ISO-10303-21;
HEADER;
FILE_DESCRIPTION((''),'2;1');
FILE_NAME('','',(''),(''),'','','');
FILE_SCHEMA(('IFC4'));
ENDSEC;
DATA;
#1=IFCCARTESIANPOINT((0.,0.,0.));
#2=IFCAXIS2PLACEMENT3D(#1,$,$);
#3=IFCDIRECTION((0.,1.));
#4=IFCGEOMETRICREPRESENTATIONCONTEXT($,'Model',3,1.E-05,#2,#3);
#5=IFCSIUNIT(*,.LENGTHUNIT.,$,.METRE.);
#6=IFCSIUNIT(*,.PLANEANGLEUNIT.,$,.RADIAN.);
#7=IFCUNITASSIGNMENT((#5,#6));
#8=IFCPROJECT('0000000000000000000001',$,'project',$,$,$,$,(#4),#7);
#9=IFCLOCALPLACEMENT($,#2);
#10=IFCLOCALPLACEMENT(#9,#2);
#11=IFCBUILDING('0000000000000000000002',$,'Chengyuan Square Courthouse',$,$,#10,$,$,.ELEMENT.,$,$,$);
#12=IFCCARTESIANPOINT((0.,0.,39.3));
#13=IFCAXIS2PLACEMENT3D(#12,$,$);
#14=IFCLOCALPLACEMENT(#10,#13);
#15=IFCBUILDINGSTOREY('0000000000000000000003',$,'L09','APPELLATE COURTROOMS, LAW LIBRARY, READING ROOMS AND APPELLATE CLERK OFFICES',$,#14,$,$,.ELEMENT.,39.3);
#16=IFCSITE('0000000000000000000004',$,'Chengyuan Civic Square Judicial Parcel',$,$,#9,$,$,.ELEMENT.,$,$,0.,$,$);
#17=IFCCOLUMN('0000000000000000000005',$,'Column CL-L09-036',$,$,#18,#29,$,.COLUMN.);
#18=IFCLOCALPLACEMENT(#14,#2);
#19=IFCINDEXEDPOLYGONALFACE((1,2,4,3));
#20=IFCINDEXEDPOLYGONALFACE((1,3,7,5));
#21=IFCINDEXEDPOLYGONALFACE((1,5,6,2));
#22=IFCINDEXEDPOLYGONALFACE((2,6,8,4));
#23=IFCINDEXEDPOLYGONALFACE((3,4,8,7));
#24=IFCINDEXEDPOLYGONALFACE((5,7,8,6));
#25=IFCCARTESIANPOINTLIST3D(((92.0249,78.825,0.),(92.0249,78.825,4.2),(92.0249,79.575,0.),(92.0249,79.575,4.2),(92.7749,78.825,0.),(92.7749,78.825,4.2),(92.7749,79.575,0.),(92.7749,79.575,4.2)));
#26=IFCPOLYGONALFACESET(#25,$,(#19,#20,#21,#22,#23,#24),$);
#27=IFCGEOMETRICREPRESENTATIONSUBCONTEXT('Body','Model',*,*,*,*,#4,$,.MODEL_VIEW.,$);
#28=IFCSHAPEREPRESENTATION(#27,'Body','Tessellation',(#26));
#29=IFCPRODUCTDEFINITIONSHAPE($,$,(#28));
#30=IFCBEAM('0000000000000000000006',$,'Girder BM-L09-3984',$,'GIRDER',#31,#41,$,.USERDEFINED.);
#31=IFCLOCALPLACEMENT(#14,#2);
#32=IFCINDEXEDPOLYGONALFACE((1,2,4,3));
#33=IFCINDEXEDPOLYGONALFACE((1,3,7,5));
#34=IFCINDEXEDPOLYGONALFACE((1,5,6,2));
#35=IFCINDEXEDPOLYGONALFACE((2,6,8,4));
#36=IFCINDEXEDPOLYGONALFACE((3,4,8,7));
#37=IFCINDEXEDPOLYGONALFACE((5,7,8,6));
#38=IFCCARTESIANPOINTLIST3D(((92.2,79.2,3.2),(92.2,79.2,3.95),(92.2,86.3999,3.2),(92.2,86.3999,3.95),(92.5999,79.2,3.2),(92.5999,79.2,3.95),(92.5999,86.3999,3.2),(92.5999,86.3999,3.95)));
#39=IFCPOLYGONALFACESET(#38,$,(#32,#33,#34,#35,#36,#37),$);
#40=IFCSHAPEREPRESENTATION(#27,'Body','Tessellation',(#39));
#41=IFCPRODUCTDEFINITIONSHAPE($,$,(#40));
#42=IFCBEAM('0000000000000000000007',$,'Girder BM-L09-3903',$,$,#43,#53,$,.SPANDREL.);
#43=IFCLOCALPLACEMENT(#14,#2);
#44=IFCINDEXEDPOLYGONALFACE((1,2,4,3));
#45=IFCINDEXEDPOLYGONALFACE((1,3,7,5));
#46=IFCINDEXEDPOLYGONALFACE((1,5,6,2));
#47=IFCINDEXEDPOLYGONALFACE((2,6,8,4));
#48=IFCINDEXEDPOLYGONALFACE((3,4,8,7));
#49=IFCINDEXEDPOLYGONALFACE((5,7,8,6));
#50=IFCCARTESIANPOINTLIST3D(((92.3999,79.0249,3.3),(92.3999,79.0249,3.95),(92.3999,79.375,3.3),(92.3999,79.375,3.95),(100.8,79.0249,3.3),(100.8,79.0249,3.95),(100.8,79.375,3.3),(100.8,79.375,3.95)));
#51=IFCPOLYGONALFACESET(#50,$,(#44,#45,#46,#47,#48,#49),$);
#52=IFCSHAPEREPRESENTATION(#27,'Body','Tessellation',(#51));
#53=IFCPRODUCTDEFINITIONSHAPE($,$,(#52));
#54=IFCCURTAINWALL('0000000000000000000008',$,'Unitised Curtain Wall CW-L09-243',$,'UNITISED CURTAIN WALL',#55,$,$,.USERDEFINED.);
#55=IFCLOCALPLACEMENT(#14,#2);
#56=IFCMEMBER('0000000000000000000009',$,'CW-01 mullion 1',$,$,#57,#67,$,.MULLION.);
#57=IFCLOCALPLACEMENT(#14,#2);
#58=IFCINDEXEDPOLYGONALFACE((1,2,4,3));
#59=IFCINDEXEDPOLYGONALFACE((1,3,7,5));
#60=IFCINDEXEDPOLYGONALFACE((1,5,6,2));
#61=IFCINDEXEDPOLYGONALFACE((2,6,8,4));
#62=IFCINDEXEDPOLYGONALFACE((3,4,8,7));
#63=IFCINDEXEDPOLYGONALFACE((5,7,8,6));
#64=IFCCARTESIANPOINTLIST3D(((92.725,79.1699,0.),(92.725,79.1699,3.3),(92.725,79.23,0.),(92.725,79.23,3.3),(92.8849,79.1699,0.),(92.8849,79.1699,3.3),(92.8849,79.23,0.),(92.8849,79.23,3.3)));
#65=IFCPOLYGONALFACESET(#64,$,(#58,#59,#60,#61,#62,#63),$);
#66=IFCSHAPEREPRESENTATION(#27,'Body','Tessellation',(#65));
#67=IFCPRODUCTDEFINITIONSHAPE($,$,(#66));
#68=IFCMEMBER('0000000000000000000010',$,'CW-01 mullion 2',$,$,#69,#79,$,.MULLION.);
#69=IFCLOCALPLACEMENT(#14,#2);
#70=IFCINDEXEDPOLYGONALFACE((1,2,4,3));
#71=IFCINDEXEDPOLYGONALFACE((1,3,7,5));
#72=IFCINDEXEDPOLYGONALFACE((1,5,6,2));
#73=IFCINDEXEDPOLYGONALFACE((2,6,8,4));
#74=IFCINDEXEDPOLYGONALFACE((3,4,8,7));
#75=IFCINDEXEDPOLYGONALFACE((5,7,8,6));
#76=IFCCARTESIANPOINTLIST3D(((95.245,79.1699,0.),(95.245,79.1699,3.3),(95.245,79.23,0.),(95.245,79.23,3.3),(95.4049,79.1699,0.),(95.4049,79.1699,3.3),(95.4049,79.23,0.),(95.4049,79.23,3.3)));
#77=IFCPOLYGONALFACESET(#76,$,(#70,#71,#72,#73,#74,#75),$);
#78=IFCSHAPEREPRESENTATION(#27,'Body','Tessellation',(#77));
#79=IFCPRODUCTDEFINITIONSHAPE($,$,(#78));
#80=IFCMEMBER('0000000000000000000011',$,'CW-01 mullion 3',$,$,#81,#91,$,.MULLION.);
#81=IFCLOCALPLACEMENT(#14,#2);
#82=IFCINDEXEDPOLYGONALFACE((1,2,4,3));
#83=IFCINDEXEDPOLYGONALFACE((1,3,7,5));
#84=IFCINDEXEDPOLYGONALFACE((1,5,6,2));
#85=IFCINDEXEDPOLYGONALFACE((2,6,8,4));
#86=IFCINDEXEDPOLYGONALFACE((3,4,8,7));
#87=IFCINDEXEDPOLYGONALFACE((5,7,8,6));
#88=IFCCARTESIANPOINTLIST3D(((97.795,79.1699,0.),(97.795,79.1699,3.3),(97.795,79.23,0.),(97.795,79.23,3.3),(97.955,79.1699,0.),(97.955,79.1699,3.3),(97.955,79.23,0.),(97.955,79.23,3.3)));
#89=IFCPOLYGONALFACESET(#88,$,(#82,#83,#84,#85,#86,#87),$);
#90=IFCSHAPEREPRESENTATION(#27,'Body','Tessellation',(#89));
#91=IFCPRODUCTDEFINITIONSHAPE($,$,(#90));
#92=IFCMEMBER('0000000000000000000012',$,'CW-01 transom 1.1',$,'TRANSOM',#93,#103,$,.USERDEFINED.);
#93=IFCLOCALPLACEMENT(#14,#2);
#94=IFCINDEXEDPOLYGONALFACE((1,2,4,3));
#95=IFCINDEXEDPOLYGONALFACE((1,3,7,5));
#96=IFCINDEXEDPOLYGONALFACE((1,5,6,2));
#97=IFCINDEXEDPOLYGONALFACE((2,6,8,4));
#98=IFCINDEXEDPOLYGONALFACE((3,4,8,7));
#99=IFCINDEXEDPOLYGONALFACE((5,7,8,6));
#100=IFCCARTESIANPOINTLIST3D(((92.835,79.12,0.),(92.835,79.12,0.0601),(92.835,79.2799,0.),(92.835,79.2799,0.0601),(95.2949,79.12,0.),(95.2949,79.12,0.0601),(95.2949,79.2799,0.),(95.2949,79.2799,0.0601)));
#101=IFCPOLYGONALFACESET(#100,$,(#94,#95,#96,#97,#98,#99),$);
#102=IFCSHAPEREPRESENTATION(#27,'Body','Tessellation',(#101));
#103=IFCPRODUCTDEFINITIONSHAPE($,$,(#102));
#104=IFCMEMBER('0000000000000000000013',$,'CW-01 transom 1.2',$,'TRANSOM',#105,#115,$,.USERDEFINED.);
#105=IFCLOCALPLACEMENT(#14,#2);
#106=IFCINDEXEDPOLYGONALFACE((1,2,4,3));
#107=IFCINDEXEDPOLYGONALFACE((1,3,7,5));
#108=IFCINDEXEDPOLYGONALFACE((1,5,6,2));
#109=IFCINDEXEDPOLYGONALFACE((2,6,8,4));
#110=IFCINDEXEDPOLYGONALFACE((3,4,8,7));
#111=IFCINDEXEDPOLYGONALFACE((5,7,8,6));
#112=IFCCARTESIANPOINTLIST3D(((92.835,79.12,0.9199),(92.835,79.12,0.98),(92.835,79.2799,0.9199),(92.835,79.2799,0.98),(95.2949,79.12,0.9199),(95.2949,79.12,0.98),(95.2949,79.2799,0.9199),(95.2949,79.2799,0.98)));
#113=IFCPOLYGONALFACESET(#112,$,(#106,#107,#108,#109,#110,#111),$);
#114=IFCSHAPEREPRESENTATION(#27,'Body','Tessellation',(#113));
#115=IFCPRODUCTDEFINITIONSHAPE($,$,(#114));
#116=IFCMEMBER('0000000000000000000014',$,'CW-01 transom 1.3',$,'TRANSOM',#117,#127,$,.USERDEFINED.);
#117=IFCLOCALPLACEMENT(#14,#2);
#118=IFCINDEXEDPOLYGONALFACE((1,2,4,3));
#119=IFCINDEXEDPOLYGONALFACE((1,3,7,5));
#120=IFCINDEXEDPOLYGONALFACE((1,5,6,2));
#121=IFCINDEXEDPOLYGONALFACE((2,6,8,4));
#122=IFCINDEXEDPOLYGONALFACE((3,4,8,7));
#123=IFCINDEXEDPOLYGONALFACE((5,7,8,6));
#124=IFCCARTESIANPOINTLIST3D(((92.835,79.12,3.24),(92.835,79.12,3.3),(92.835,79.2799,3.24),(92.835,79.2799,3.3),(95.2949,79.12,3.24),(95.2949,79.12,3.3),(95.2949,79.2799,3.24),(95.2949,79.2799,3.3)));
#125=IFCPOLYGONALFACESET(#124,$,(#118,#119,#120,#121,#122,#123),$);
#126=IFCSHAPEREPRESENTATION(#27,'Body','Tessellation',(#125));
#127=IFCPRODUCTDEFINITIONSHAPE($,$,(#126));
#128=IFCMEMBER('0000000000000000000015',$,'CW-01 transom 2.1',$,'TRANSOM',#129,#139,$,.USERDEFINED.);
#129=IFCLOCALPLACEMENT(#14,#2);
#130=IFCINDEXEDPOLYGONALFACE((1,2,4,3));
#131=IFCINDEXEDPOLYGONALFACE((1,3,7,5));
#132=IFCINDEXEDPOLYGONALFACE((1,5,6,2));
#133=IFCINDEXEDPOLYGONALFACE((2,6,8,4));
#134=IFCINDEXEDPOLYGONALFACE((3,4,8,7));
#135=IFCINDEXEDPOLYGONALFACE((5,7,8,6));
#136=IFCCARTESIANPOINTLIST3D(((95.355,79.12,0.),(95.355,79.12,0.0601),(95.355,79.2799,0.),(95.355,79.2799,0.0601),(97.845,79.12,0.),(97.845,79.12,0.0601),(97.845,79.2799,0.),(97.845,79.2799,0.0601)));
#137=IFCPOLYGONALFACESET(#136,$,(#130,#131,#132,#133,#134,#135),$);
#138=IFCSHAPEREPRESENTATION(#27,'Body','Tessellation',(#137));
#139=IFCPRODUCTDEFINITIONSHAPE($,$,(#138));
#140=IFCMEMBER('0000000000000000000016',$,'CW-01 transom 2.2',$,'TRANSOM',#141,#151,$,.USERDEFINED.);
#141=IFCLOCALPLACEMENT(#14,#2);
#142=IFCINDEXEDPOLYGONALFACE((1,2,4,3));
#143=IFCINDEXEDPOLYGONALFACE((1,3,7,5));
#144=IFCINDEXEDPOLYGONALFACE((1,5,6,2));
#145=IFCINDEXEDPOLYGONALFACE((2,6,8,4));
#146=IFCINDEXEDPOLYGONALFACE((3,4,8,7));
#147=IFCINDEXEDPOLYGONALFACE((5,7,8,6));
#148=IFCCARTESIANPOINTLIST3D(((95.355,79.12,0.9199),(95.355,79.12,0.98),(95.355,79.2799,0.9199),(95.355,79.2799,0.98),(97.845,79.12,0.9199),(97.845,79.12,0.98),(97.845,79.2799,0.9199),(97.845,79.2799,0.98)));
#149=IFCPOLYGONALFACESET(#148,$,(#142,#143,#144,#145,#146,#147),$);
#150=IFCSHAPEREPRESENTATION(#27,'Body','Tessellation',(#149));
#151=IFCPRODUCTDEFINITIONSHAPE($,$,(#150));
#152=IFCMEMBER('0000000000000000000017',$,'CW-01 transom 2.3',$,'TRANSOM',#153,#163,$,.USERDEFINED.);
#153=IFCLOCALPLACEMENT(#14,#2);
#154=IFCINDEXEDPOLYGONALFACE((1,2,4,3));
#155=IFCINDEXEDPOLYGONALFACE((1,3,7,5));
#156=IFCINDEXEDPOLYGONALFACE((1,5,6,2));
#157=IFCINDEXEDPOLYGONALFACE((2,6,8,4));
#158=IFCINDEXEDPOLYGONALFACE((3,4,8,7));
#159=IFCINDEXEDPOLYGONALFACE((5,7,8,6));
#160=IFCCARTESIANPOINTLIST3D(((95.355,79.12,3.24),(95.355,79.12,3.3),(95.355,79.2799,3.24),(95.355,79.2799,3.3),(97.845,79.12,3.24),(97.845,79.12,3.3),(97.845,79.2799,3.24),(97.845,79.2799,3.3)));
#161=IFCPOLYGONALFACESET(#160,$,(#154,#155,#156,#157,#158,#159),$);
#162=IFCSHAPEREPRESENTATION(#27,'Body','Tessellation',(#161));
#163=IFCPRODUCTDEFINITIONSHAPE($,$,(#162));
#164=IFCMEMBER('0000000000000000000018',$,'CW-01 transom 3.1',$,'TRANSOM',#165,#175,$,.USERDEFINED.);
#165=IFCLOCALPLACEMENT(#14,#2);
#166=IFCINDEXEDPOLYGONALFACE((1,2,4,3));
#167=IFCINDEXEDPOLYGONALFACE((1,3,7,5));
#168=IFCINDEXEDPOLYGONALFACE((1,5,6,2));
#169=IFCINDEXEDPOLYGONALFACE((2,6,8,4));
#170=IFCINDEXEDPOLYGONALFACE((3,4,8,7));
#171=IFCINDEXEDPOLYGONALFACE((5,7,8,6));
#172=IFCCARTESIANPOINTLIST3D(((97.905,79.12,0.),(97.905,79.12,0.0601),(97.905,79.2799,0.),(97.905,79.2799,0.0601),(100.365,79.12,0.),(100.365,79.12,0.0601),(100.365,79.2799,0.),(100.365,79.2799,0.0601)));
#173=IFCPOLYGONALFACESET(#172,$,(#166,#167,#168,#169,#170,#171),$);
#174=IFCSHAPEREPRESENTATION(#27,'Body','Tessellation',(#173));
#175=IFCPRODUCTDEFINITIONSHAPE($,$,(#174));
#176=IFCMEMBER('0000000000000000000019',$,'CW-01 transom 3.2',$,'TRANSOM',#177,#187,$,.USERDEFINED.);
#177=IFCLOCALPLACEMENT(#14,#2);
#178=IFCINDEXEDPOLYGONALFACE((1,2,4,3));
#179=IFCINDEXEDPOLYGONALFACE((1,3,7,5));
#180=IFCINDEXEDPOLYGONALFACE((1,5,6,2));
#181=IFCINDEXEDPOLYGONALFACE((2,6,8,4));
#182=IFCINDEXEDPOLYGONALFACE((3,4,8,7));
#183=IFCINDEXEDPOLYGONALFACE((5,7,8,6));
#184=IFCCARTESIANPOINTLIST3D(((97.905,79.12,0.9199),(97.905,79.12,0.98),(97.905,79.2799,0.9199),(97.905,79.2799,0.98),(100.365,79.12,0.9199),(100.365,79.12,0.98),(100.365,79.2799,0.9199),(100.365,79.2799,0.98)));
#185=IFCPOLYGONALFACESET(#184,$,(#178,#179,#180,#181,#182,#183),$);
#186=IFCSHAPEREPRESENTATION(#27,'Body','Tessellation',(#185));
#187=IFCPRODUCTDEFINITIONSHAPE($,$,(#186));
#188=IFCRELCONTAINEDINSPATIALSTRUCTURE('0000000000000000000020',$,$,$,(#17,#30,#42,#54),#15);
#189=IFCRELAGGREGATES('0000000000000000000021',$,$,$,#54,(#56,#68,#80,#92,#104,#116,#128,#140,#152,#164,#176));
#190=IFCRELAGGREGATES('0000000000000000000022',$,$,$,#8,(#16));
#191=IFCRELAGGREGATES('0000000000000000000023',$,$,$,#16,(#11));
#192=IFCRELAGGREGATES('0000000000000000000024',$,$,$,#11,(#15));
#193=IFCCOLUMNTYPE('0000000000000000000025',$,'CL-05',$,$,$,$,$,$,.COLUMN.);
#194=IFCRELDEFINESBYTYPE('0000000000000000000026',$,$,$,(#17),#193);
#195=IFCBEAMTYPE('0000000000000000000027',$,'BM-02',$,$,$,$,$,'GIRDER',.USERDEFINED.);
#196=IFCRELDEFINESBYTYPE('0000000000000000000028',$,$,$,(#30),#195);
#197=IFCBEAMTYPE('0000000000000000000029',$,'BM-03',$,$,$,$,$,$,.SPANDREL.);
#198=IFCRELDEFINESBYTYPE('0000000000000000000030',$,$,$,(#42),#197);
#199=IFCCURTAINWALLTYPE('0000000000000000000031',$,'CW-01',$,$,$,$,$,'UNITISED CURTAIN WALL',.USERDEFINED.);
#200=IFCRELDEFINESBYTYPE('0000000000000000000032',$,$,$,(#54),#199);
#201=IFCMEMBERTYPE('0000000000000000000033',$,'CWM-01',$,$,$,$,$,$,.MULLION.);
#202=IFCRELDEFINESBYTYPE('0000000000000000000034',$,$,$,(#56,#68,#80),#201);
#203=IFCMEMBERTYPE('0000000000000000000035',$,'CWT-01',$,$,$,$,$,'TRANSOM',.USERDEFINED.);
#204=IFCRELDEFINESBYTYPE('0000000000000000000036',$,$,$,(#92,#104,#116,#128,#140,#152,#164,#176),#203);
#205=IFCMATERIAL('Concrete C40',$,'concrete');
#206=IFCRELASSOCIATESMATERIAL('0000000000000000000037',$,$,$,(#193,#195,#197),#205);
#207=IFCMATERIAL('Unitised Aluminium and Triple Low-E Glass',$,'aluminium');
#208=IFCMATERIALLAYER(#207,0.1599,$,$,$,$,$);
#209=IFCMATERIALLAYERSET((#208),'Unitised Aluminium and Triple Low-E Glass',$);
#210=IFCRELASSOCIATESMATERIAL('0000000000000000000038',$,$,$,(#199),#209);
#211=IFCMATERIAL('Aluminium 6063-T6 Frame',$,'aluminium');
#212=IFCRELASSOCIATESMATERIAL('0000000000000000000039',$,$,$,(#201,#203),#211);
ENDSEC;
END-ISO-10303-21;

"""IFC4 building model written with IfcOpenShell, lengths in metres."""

from ifc_helpers import new_model, si_unit, direction, frame, origin, origin_2d, place, context, subcontext, project, spatial, rectangle, extrude, material, layer, layer_set, material_profile, profile_set, type_object, element, aggregate, save


model = new_model("IFC4")

# Units and contexts
model_context = context("Model", 3, precision=1e-05, world=origin(), true_north=direction((0.0, 1.0)))
body_context = subcontext(model_context, "Body", "Model", "MODEL_VIEW")
ifc_project = project(units=[si_unit("LENGTHUNIT", "METRE"), si_unit("PLANEANGLEUNIT", "RADIAN")], contexts=[model_context])

# Site, building, storey
site_placement = place(None, origin())
site = spatial("IfcSite", under=ifc_project, at=site_placement, Name="Chengyuan Civic Square Judicial Parcel", CompositionType="ELEMENT", RefElevation=0.0)
building_placement = place(site_placement, origin())
building = spatial("IfcBuilding", under=site, at=building_placement, Name="Chengyuan Square Courthouse", CompositionType="ELEMENT")
storey_placement = place(building_placement, frame((0.0, 0.0, 39.3)))
storey = spatial("IfcBuildingStorey", under=building, at=storey_placement, Name="L09", Description="APPELLATE COURTROOMS, LAW LIBRARY, READING ROOMS AND APPELLATE CLERK OFFICES", CompositionType="ELEMENT", Elevation=39.3)

# Column
ifc_material_1 = material(Name="Concrete C40", Category="concrete")
ifc_material_profile_1 = material_profile(ifc_material_1, rectangle(XDim=0.75, YDim=0.75, at=origin_2d()), Name="RC-COL-750x750")
ifc_profile_set_1 = profile_set([ifc_material_profile_1], Name="Concrete C40")
column_type = type_object("IfcColumnType", Name="CL-05", PredefinedType="COLUMN", material=ifc_profile_set_1)
column_placement = place(storey_placement, frame((92.3999, 79.2, 0.0), z_axis=(0.0, 0.0, 1.0), x_axis=(1.0, 0.0, 0.0)))
element("IfcColumn", 1, at=column_placement, inside=storey, type_object=column_type, Name="Column CL-L09-036", PredefinedType="COLUMN", context=body_context, shape_type="SweptSolid", body=[
    extrude(rectangle(XDim=0.75, YDim=0.75, at=origin_2d()), origin(), (0.0, 0.0, 1.0), 4.2),
])

# Beams
ifc_material_profile_2 = material_profile(ifc_material_1, rectangle(XDim=0.3999, YDim=0.75, at=origin_2d()), Name="RC-BM-400x750")
ifc_profile_set_2 = profile_set([ifc_material_profile_2], Name="Concrete C40")
beam_type_1 = type_object("IfcBeamType", Name="BM-02", ElementType="GIRDER", PredefinedType="USERDEFINED", material=ifc_profile_set_2)
beam_1_placement = place(storey_placement, frame((92.3999, 79.2, 3.575), z_axis=(0.0, 1.0, 0.0), x_axis=(-1.0, 0.0, 0.0)))
element("IfcBeam", 2, at=beam_1_placement, inside=storey, type_object=beam_type_1, Name="Girder BM-L09-3984", ObjectType="GIRDER", PredefinedType="USERDEFINED", context=body_context, shape_type="SweptSolid", body=[
    extrude(rectangle(XDim=0.3999, YDim=0.75, at=origin_2d()), origin(), (0.0, 0.0, 1.0), 7.2),
])
ifc_material_profile_3 = material_profile(ifc_material_1, rectangle(XDim=0.3501, YDim=0.6499, at=origin_2d()), Name="RC-BM-350x650")
ifc_profile_set_3 = profile_set([ifc_material_profile_3], Name="Concrete C40")
beam_type_2 = type_object("IfcBeamType", Name="BM-03", PredefinedType="SPANDREL", material=ifc_profile_set_3)
beam_2_placement = place(storey_placement, frame((92.3999, 79.2, 3.625), z_axis=(1.0, 0.0, 0.0), x_axis=(0.0, 1.0, 0.0)))
element("IfcBeam", 3, at=beam_2_placement, inside=storey, type_object=beam_type_2, Name="Girder BM-L09-3903", PredefinedType="SPANDREL", context=body_context, shape_type="SweptSolid", body=[
    extrude(rectangle(XDim=0.3501, YDim=0.6499, at=origin_2d()), origin(), (0.0, 0.0, 1.0), 8.4001),
])

# Curtain wall, members
ifc_material_2 = material(Name="Unitised Aluminium and Triple Low-E Glass", Category="aluminium")
ifc_layer_1 = layer(ifc_material_2, 0.1599)
ifc_layer_set_1 = layer_set([ifc_layer_1], Name="Unitised Aluminium and Triple Low-E Glass")
curtain_wall_type = type_object("IfcCurtainWallType", Name="CW-01", ElementType="UNITISED CURTAIN WALL", PredefinedType="USERDEFINED", material=ifc_layer_set_1)
curtain_wall_placement = place(storey_placement, origin())
curtain_wall = element("IfcCurtainWall", 4, at=curtain_wall_placement, inside=storey, type_object=curtain_wall_type, Name="Unitised Curtain Wall CW-L09-243", ObjectType="UNITISED CURTAIN WALL", PredefinedType="USERDEFINED")
ifc_material_3 = material(Name="Aluminium 6063-T6 Frame", Category="aluminium")
ifc_material_profile_4 = material_profile(ifc_material_3, rectangle(XDim=0.0601, YDim=0.1599, at=origin_2d()), Name="CW-MUL-60x160")
ifc_profile_set_4 = profile_set([ifc_material_profile_4], Name="Aluminium 6063-T6 Frame")
member_type_1 = type_object("IfcMemberType", Name="CWM-01", PredefinedType="MULLION", material=ifc_profile_set_4)
member_1_placement = place(storey_placement, frame((92.8049, 79.2, 0.0), z_axis=(0.0, 0.0, 1.0), x_axis=(0.0, 1.0, 0.0)))
member_1 = element("IfcMember", 5, at=member_1_placement, type_object=member_type_1, Name="CW-01 mullion 1", PredefinedType="MULLION", context=body_context, shape_type="SweptSolid", body=[
    extrude(rectangle(XDim=0.0601, YDim=0.1599, at=origin_2d()), origin(), (0.0, 0.0, 1.0), 3.3),
])
member_2_placement = place(storey_placement, frame((95.325, 79.2, 0.0), z_axis=(0.0, 0.0, 1.0), x_axis=(0.0, 1.0, 0.0)))
member_2 = element("IfcMember", 6, at=member_2_placement, type_object=member_type_1, Name="CW-01 mullion 2", PredefinedType="MULLION", context=body_context, shape_type="SweptSolid", body=[
    extrude(rectangle(XDim=0.0601, YDim=0.1599, at=origin_2d()), origin(), (0.0, 0.0, 1.0), 3.3),
])
member_3_placement = place(storey_placement, frame((97.875, 79.2, 0.0), z_axis=(0.0, 0.0, 1.0), x_axis=(0.0, 1.0, 0.0)))
member_3 = element("IfcMember", 7, at=member_3_placement, type_object=member_type_1, Name="CW-01 mullion 3", PredefinedType="MULLION", context=body_context, shape_type="SweptSolid", body=[
    extrude(rectangle(XDim=0.0601, YDim=0.1599, at=origin_2d()), origin(), (0.0, 0.0, 1.0), 3.3),
])
ifc_material_profile_5 = material_profile(ifc_material_3, rectangle(XDim=0.1599, YDim=0.0601, at=origin_2d()), Name="CW-TRN-60x120")
ifc_profile_set_5 = profile_set([ifc_material_profile_5], Name="Aluminium 6063-T6 Frame")
member_type_2 = type_object("IfcMemberType", Name="CWT-01", ElementType="TRANSOM", PredefinedType="USERDEFINED", material=ifc_profile_set_5)
member_4_placement = place(storey_placement, frame((92.835, 79.2, 0.03), z_axis=(1.0, 0.0, 0.0), x_axis=(0.0, 1.0, 0.0)))
member_4 = element("IfcMember", 8, at=member_4_placement, type_object=member_type_2, Name="CW-01 transom 1.1", ObjectType="TRANSOM", PredefinedType="USERDEFINED", context=body_context, shape_type="SweptSolid", body=[
    extrude(rectangle(XDim=0.1599, YDim=0.0601, at=origin_2d()), origin(), (0.0, 0.0, 1.0), 2.46),
])
member_5_placement = place(storey_placement, frame((92.835, 79.2, 0.95), z_axis=(1.0, 0.0, 0.0), x_axis=(0.0, 1.0, 0.0)))
member_5 = element("IfcMember", 9, at=member_5_placement, type_object=member_type_2, Name="CW-01 transom 1.2", ObjectType="TRANSOM", PredefinedType="USERDEFINED", context=body_context, shape_type="SweptSolid", body=[
    extrude(rectangle(XDim=0.1599, YDim=0.0601, at=origin_2d()), origin(), (0.0, 0.0, 1.0), 2.46),
])
member_6_placement = place(storey_placement, frame((92.835, 79.2, 3.27), z_axis=(1.0, 0.0, 0.0), x_axis=(0.0, 1.0, 0.0)))
member_6 = element("IfcMember", 10, at=member_6_placement, type_object=member_type_2, Name="CW-01 transom 1.3", ObjectType="TRANSOM", PredefinedType="USERDEFINED", context=body_context, shape_type="SweptSolid", body=[
    extrude(rectangle(XDim=0.1599, YDim=0.0601, at=origin_2d()), origin(), (0.0, 0.0, 1.0), 2.46),
])
member_7_placement = place(storey_placement, frame((95.355, 79.2, 0.03), z_axis=(1.0, 0.0, 0.0), x_axis=(0.0, 1.0, 0.0)))
member_7 = element("IfcMember", 11, at=member_7_placement, type_object=member_type_2, Name="CW-01 transom 2.1", ObjectType="TRANSOM", PredefinedType="USERDEFINED", context=body_context, shape_type="SweptSolid", body=[
    extrude(rectangle(XDim=0.1599, YDim=0.0601, at=origin_2d()), origin(), (0.0, 0.0, 1.0), 2.49),
])
member_8_placement = place(storey_placement, frame((95.355, 79.2, 0.95), z_axis=(1.0, 0.0, 0.0), x_axis=(0.0, 1.0, 0.0)))
member_8 = element("IfcMember", 12, at=member_8_placement, type_object=member_type_2, Name="CW-01 transom 2.2", ObjectType="TRANSOM", PredefinedType="USERDEFINED", context=body_context, shape_type="SweptSolid", body=[
    extrude(rectangle(XDim=0.1599, YDim=0.0601, at=origin_2d()), origin(), (0.0, 0.0, 1.0), 2.49),
])
member_9_placement = place(storey_placement, frame((95.355, 79.2, 3.27), z_axis=(1.0, 0.0, 0.0), x_axis=(0.0, 1.0, 0.0)))
member_9 = element("IfcMember", 13, at=member_9_placement, type_object=member_type_2, Name="CW-01 transom 2.3", ObjectType="TRANSOM", PredefinedType="USERDEFINED", context=body_context, shape_type="SweptSolid", body=[
    extrude(rectangle(XDim=0.1599, YDim=0.0601, at=origin_2d()), origin(), (0.0, 0.0, 1.0), 2.49),
])
member_10_placement = place(storey_placement, frame((97.905, 79.2, 0.03), z_axis=(1.0, 0.0, 0.0), x_axis=(0.0, 1.0, 0.0)))
member_10 = element("IfcMember", 14, at=member_10_placement, type_object=member_type_2, Name="CW-01 transom 3.1", ObjectType="TRANSOM", PredefinedType="USERDEFINED", context=body_context, shape_type="SweptSolid", body=[
    extrude(rectangle(XDim=0.1599, YDim=0.0601, at=origin_2d()), origin(), (0.0, 0.0, 1.0), 2.46),
])
member_11_placement = place(storey_placement, frame((97.905, 79.2, 0.95), z_axis=(1.0, 0.0, 0.0), x_axis=(0.0, 1.0, 0.0)))
member_11 = element("IfcMember", 15, at=member_11_placement, type_object=member_type_2, Name="CW-01 transom 3.2", ObjectType="TRANSOM", PredefinedType="USERDEFINED", context=body_context, shape_type="SweptSolid", body=[
    extrude(rectangle(XDim=0.1599, YDim=0.0601, at=origin_2d()), origin(), (0.0, 0.0, 1.0), 2.46),
])
aggregate(curtain_wall, [member_1, member_2, member_3, member_4, member_5, member_6, member_7, member_8, member_9, member_10, member_11])

save(model, "model.ifc")
